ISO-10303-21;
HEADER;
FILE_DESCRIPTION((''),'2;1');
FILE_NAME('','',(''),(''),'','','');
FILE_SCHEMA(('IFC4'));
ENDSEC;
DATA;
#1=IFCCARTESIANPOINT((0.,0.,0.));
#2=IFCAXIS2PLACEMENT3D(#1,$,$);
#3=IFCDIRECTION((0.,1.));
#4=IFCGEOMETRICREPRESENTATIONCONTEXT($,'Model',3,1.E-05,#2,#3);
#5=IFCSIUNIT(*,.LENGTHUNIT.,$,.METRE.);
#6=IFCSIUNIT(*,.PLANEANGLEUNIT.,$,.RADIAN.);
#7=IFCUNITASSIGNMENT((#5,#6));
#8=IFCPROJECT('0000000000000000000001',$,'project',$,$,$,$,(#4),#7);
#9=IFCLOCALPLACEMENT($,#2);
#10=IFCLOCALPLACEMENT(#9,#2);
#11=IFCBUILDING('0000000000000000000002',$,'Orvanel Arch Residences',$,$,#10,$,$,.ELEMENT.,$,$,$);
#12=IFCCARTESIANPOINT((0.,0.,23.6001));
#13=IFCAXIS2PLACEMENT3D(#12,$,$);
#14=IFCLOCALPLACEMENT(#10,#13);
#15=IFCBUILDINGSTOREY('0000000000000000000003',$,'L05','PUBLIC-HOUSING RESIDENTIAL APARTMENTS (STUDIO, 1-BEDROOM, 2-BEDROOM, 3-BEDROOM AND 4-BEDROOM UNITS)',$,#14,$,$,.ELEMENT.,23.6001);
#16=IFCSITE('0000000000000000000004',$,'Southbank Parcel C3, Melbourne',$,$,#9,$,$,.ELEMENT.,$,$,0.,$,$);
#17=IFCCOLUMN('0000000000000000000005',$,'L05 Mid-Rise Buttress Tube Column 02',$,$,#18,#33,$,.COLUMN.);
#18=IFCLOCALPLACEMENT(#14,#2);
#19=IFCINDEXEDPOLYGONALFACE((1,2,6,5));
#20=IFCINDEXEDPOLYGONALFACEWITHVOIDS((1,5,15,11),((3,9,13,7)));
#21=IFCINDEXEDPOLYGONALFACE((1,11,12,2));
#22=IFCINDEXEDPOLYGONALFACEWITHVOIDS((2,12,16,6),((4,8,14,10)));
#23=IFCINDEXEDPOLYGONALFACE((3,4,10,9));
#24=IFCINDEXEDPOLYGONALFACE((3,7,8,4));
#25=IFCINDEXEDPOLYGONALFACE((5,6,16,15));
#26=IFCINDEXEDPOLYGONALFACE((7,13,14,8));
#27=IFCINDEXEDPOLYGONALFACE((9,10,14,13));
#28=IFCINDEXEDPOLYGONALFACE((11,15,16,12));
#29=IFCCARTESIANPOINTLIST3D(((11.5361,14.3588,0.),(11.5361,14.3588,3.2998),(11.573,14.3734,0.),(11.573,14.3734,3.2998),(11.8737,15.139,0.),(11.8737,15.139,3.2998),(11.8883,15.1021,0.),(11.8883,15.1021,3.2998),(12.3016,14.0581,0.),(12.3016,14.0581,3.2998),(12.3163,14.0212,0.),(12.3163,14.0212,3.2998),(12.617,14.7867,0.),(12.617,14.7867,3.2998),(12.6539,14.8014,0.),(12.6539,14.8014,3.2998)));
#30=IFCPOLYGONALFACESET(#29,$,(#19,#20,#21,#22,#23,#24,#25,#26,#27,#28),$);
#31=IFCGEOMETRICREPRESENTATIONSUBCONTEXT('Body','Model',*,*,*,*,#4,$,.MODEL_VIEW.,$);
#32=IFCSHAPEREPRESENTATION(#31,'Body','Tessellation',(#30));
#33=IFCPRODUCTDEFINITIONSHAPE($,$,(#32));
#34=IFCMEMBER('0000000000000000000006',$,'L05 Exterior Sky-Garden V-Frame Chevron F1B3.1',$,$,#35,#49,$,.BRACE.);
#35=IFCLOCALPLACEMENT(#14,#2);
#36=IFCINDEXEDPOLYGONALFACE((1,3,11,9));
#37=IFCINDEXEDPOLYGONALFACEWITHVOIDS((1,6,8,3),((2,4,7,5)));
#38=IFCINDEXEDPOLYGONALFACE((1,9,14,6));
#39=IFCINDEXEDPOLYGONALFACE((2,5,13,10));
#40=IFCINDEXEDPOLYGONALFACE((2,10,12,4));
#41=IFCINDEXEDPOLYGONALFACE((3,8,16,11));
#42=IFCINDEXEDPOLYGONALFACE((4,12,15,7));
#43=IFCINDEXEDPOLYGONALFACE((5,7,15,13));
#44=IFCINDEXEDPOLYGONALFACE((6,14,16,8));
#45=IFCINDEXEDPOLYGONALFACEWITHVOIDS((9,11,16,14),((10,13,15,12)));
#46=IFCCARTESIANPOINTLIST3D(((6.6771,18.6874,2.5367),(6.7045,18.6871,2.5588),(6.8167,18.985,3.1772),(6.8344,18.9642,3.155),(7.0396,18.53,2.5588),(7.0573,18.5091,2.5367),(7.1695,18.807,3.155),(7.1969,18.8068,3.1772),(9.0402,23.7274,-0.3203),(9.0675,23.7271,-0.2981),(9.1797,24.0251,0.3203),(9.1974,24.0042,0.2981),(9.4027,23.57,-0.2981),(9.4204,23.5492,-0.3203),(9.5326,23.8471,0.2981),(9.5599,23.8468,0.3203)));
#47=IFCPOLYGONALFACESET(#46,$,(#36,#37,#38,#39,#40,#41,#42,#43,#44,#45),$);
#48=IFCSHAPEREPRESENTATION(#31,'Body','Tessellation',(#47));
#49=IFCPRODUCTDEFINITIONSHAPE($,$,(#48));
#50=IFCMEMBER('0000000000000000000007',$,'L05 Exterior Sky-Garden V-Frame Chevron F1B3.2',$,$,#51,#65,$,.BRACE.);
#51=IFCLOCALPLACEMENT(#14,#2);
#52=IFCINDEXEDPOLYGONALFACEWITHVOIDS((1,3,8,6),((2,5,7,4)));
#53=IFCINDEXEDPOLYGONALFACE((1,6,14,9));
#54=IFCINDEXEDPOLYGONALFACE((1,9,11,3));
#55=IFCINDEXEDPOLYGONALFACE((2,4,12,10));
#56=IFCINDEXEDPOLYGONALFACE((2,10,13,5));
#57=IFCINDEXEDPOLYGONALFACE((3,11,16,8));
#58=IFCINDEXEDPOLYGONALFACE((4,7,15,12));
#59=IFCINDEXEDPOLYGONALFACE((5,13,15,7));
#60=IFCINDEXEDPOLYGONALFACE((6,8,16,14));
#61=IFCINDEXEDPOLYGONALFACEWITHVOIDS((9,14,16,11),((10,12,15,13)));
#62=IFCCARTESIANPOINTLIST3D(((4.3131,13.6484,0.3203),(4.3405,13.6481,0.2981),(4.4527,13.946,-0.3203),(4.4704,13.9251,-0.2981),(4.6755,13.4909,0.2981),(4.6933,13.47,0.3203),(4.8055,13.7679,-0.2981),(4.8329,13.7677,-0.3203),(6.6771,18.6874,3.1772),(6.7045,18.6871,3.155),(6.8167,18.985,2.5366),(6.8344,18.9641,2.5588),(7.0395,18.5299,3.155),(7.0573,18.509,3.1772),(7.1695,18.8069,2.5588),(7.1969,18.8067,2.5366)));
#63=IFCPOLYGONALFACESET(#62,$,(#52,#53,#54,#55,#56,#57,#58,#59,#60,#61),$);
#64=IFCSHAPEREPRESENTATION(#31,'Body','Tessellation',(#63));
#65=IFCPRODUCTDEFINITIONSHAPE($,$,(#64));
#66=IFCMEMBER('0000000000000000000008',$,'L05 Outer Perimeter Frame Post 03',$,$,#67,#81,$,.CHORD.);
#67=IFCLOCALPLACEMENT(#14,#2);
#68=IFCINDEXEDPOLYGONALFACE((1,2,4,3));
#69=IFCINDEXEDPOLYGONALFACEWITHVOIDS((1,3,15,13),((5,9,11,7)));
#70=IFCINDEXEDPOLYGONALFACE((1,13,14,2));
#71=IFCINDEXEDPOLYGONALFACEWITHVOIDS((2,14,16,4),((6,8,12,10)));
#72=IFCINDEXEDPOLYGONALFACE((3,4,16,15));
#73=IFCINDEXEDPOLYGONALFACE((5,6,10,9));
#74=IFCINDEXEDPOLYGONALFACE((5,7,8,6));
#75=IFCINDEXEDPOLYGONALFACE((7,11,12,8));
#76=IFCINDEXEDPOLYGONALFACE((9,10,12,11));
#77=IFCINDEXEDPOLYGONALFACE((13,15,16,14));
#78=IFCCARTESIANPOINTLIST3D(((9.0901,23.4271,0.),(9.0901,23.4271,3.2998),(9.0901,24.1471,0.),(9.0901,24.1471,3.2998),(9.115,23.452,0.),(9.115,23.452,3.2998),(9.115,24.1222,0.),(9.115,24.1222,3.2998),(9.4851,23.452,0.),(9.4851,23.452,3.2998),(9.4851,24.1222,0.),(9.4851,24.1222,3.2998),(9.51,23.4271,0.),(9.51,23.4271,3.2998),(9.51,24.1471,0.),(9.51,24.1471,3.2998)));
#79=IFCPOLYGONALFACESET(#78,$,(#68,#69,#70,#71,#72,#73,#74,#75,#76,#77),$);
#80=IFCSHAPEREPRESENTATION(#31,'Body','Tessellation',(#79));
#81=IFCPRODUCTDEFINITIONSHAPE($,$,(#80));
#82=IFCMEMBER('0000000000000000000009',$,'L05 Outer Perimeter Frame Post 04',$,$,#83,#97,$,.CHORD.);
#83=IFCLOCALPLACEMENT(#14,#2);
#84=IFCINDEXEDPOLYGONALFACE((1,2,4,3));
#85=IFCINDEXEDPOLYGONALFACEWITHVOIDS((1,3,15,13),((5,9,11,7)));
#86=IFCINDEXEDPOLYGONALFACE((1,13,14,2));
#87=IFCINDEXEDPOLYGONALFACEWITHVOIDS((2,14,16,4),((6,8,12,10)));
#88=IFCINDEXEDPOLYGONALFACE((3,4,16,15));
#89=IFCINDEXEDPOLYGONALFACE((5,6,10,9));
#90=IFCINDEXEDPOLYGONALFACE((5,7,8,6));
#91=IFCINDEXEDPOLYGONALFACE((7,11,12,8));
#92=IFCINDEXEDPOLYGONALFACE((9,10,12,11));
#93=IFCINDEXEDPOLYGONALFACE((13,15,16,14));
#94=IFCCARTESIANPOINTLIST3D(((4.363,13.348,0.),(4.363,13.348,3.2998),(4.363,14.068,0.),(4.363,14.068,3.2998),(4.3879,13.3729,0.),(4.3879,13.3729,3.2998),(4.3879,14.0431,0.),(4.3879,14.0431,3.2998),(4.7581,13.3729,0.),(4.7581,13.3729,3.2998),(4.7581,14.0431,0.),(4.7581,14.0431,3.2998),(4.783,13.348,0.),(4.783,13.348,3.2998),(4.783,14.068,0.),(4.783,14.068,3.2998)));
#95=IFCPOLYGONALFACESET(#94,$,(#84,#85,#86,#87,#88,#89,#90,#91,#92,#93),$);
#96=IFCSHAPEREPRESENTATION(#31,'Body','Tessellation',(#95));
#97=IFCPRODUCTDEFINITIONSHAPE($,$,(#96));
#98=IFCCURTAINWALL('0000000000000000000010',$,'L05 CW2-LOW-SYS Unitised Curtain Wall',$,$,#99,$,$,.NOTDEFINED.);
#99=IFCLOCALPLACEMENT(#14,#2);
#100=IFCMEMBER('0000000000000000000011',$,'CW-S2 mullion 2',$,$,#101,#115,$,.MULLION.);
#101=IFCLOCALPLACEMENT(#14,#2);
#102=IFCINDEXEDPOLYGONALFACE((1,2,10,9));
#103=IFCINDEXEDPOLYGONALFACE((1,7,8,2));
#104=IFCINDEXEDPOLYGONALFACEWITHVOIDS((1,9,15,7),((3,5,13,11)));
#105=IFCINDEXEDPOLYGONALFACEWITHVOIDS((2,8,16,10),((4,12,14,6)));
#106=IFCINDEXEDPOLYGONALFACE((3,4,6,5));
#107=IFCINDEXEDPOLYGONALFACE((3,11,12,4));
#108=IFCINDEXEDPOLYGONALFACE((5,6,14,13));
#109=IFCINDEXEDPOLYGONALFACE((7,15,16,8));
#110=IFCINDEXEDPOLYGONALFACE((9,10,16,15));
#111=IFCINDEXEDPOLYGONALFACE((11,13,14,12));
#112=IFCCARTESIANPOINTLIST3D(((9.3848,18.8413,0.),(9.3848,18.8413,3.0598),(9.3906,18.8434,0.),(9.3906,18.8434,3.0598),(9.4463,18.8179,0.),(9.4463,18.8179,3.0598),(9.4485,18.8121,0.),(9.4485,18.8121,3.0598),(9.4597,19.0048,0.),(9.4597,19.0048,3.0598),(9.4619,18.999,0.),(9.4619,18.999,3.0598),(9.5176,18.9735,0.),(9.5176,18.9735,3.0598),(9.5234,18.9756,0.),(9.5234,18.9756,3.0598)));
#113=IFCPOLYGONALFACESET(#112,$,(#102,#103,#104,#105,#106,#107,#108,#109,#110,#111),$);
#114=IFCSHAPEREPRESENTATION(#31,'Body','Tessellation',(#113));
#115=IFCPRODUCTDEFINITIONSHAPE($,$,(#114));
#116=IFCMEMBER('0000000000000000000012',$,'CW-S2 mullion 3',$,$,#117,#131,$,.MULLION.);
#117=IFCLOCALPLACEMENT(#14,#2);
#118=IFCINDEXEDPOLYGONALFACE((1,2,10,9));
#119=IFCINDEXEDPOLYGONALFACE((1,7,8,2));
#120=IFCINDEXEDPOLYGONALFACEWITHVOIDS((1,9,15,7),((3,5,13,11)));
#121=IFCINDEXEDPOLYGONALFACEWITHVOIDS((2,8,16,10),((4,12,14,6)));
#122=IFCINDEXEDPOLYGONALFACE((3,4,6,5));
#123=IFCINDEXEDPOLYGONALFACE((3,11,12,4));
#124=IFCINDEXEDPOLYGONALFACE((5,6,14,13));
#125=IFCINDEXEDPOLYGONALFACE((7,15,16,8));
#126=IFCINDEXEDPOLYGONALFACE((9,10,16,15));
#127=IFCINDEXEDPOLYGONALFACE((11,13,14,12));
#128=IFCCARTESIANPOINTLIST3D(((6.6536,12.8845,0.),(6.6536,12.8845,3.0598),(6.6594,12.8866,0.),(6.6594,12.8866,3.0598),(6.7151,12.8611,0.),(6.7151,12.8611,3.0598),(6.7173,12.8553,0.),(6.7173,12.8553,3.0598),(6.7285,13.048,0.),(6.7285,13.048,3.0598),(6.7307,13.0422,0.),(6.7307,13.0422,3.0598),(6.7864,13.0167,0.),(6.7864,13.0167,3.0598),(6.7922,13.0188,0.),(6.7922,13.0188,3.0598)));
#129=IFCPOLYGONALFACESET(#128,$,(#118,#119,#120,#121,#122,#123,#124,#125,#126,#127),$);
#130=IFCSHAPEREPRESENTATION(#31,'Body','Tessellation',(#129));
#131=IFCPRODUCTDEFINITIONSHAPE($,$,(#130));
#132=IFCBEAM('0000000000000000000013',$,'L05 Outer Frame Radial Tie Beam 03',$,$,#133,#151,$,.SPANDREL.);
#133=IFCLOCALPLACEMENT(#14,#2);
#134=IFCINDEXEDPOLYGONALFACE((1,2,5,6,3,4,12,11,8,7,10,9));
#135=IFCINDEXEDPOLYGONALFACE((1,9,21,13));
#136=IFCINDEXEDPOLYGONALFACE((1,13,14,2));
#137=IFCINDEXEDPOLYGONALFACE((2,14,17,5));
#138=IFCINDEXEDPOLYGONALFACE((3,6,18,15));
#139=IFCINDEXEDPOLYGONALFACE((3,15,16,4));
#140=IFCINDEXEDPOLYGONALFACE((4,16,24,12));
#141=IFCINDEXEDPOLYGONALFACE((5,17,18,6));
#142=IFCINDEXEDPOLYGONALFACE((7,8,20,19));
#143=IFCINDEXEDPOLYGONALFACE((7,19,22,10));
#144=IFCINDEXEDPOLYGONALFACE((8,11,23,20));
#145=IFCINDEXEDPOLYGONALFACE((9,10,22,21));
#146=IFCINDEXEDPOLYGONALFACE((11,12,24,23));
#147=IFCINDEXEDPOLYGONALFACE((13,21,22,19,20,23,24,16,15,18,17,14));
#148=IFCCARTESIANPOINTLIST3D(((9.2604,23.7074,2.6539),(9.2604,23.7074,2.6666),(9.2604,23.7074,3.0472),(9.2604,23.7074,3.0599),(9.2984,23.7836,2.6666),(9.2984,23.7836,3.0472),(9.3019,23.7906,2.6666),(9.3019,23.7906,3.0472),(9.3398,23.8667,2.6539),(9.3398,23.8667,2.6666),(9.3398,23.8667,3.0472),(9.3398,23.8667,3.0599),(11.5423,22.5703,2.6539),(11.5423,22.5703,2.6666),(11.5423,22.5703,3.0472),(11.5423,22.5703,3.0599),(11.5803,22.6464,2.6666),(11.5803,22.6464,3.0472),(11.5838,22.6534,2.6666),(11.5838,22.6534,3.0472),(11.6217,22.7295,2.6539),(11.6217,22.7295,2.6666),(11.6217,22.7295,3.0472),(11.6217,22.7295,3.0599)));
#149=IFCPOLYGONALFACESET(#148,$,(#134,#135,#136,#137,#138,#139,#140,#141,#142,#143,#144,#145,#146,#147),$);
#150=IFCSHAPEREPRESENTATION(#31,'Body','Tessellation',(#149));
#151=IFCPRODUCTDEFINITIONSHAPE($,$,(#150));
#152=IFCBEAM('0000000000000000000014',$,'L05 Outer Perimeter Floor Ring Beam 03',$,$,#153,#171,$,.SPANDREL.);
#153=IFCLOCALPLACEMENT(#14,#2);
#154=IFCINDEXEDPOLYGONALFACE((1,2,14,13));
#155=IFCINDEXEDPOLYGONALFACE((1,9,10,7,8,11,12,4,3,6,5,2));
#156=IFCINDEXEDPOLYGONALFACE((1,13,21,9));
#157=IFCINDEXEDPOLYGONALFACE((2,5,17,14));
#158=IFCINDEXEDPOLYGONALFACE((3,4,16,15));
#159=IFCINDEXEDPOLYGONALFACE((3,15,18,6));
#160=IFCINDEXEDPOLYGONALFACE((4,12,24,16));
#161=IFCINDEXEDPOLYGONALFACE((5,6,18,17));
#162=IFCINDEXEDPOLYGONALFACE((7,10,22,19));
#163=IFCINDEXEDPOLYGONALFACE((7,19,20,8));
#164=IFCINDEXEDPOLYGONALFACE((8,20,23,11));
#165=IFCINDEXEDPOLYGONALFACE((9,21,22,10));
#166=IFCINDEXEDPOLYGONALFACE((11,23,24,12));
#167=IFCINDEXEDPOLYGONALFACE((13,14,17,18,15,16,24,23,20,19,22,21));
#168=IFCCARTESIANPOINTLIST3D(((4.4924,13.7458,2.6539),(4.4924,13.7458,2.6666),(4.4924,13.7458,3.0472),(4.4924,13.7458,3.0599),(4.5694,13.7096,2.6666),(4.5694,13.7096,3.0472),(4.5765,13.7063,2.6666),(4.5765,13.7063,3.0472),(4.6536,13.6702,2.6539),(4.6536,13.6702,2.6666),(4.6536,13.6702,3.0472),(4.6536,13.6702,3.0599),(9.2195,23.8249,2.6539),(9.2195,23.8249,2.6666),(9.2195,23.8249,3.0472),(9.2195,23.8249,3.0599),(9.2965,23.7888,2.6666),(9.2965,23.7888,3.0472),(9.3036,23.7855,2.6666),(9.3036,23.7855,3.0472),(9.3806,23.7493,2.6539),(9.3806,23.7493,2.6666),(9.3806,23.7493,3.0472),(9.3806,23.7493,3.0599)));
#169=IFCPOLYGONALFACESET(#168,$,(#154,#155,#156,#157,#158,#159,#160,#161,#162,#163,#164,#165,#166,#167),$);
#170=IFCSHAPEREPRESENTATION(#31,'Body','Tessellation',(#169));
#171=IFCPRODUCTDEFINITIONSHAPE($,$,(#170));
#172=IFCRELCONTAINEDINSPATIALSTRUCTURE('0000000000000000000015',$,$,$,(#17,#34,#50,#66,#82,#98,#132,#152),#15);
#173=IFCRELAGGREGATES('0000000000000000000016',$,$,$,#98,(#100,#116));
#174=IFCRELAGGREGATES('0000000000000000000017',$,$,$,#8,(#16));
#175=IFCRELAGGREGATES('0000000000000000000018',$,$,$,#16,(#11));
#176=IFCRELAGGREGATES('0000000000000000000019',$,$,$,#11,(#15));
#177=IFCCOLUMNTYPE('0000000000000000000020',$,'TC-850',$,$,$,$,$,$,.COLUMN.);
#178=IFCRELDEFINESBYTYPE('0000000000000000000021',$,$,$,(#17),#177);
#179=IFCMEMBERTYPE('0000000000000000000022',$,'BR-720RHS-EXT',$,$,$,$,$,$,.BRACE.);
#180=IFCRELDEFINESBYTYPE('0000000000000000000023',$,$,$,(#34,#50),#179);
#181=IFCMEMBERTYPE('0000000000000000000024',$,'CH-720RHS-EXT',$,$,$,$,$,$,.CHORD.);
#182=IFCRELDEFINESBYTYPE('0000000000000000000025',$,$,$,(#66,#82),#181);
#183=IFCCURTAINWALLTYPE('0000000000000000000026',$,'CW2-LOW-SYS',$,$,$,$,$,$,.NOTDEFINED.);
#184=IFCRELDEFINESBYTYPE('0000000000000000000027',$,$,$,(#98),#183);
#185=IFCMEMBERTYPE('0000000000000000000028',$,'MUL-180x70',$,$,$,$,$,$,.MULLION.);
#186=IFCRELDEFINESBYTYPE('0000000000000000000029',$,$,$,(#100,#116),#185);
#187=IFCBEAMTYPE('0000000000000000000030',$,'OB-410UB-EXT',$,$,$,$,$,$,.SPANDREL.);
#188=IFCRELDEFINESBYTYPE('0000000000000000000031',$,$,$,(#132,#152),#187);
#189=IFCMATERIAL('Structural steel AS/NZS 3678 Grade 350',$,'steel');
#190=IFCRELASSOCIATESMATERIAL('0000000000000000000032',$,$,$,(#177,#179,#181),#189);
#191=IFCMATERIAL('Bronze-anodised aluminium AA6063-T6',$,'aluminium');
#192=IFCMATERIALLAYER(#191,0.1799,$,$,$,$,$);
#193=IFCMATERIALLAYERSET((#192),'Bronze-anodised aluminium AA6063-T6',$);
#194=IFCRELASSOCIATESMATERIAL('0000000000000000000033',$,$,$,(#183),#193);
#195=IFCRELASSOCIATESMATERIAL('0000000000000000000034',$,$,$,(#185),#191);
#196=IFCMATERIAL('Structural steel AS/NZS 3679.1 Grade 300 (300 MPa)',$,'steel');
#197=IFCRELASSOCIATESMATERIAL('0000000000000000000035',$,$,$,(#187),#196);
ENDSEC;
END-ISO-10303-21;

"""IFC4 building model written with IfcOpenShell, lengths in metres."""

from ifc_helpers import new_model, si_unit, direction, frame, origin, origin_2d, place, context, subcontext, project, spatial, hollow_rectangle, i_section, extrude, material, layer, layer_set, material_profile, profile_set, type_object, element, aggregate, save


model = new_model("IFC4")

# Units and contexts
model_context = context("Model", 3, precision=1e-05, world=origin(), true_north=direction((0.0, 1.0)))
body_context = subcontext(model_context, "Body", "Model", "MODEL_VIEW")
ifc_project = project(units=[si_unit("LENGTHUNIT", "METRE"), si_unit("PLANEANGLEUNIT", "RADIAN")], contexts=[model_context])

# Site, building, storey
site_placement = place(None, origin())
site = spatial("IfcSite", under=ifc_project, at=site_placement, Name="Southbank Parcel C3, Melbourne", CompositionType="ELEMENT", RefElevation=0.0)
building_placement = place(site_placement, origin())
building = spatial("IfcBuilding", under=site, at=building_placement, Name="Orvanel Arch Residences", CompositionType="ELEMENT")
storey_placement = place(building_placement, frame((0.0, 0.0, 23.6001)))
storey = spatial("IfcBuildingStorey", under=building, at=storey_placement, Name="L05", Description="PUBLIC-HOUSING RESIDENTIAL APARTMENTS (STUDIO, 1-BEDROOM, 2-BEDROOM, 3-BEDROOM AND 4-BEDROOM UNITS)", CompositionType="ELEMENT", Elevation=23.6001)

# Column
ifc_material_1 = material(Name="Structural steel AS/NZS 3678 Grade 350", Category="steel")
ifc_material_profile_1 = material_profile(ifc_material_1, hollow_rectangle(XDim=0.8501, YDim=0.8501, WallThickness=0.0281, at=origin_2d()), Name="BOX850x850x28")
ifc_profile_set_1 = profile_set([ifc_material_profile_1], Name="Structural steel AS/NZS 3678 Grade 350")
column_type = type_object("IfcColumnType", Name="TC-850", PredefinedType="COLUMN", material=ifc_profile_set_1)
column_placement = place(storey_placement, frame((12.095, 14.5801, 0.0), z_axis=(0.0, 0.0, 1.0), x_axis=(0.397148, 0.917755, 0.0)))
element("IfcColumn", 1, at=column_placement, inside=storey, type_object=column_type, Name="L05 Mid-Rise Buttress Tube Column 02", PredefinedType="COLUMN", context=body_context, shape_type="SweptSolid", body=[
    extrude(hollow_rectangle(XDim=0.8501, YDim=0.8501, WallThickness=0.0281, at=origin_2d()), origin(), (0.0, 0.0, 1.0), 3.2998),
])

# Members
ifc_material_profile_2 = material_profile(ifc_material_1, hollow_rectangle(XDim=0.4199, YDim=0.72, WallThickness=0.0249, at=origin_2d()), Name="RHS720x420x25")
ifc_profile_set_2 = profile_set([ifc_material_profile_2], Name="Structural steel AS/NZS 3678 Grade 350")
member_type_1 = type_object("IfcMemberType", Name="BR-720RHS-EXT", PredefinedType="BRACE", material=ifc_profile_set_2)
member_1_placement = place(storey_placement, frame((9.3, 23.7871, 0.0), z_axis=(-0.377673, -0.805525, 0.45661), x_axis=(0.905423, -0.42451, 0.0)))
element("IfcMember", 2, at=member_1_placement, inside=storey, type_object=member_type_1, Name="L05 Exterior Sky-Garden V-Frame Chevron F1B3.1", PredefinedType="BRACE", context=body_context, shape_type="SweptSolid", body=[
    extrude(hollow_rectangle(XDim=0.4199, YDim=0.72, WallThickness=0.0249, at=origin_2d()), origin(), (0.0, 0.0, 1.0), 6.2568),
])
member_2_placement = place(storey_placement, frame((4.573, 13.708, 0.0), z_axis=(0.377854, 0.805423, 0.45664), x_axis=(-0.905324, 0.424722, 0.0)))
element("IfcMember", 3, at=member_2_placement, inside=storey, type_object=member_type_1, Name="L05 Exterior Sky-Garden V-Frame Chevron F1B3.2", PredefinedType="BRACE", context=body_context, shape_type="SweptSolid", body=[
    extrude(hollow_rectangle(XDim=0.4199, YDim=0.72, WallThickness=0.0249, at=origin_2d()), origin(), (0.0, 0.0, 1.0), 6.2563),
])
ifc_material_profile_3 = material_profile(ifc_material_1, hollow_rectangle(XDim=0.4199, YDim=0.72, WallThickness=0.0249, at=origin_2d()), Name="RHS720x420x25")
ifc_profile_set_3 = profile_set([ifc_material_profile_3], Name="Structural steel AS/NZS 3678 Grade 350")
member_type_2 = type_object("IfcMemberType", Name="CH-720RHS-EXT", PredefinedType="CHORD", material=ifc_profile_set_3)
for number, where, z_axis, x_axis, name in (
    (4, (9.3, 23.7871, 0.0), (0.0, 0.0, 1.0), (1.0, 0.0, 0.0), "L05 Outer Perimeter Frame Post 03"),
    (5, (4.573, 13.708, 0.0), (0.0, 0.0, 1.0), (1.0, 0.0, 0.0), "L05 Outer Perimeter Frame Post 04"),
):
    element("IfcMember", number, at=place(storey_placement, frame(where, z_axis=z_axis, x_axis=x_axis)), inside=storey, type_object=member_type_2, Name=name, PredefinedType="CHORD", context=body_context, shape_type="SweptSolid", body=[
        extrude(hollow_rectangle(XDim=0.4199, YDim=0.72, WallThickness=0.0249, at=origin_2d()), origin(), (0.0, 0.0, 1.0), 3.2998),
    ])

# Curtain wall, members
ifc_material_2 = material(Name="Bronze-anodised aluminium AA6063-T6", Category="aluminium")
ifc_layer_1 = layer(ifc_material_2, 0.1799)
ifc_layer_set_1 = layer_set([ifc_layer_1], Name="Bronze-anodised aluminium AA6063-T6")
curtain_wall_type = type_object("IfcCurtainWallType", Name="CW2-LOW-SYS", PredefinedType="NOTDEFINED", material=ifc_layer_set_1)
curtain_wall_placement = place(storey_placement, origin())
curtain_wall = element("IfcCurtainWall", 6, at=curtain_wall_placement, inside=storey, type_object=curtain_wall_type, Name="L05 CW2-LOW-SYS Unitised Curtain Wall", PredefinedType="NOTDEFINED")
ifc_material_profile_4 = material_profile(ifc_material_2, hollow_rectangle(XDim=0.0701, YDim=0.1799, WallThickness=0.0044, at=origin_2d()), Name="ALU180x70x4.5")
ifc_profile_set_4 = profile_set([ifc_material_profile_4], Name="Bronze-anodised aluminium AA6063-T6")
member_type_3 = type_object("IfcMemberType", Name="MUL-180x70", PredefinedType="MULLION", material=ifc_profile_set_4)
member_3_placement = place(storey_placement, frame((9.4541, 18.9084, 0.0), z_axis=(0.0, 0.0, 1.0), x_axis=(0.909015, -0.416763, 0.0)))
member_3 = element("IfcMember", 7, at=member_3_placement, type_object=member_type_3, Name="CW-S2 mullion 2", PredefinedType="MULLION", context=body_context, shape_type="SweptSolid", body=[
    extrude(hollow_rectangle(XDim=0.0701, YDim=0.1799, WallThickness=0.0044, at=origin_2d()), origin(), (0.0, 0.0, 1.0), 3.0598),
])
member_4_placement = place(storey_placement, frame((6.7229, 12.9517, 0.0), z_axis=(0.0, 0.0, 1.0), x_axis=(0.909015, -0.416763, 0.0)))
member_4 = element("IfcMember", 8, at=member_4_placement, type_object=member_type_3, Name="CW-S2 mullion 3", PredefinedType="MULLION", context=body_context, shape_type="SweptSolid", body=[
    extrude(hollow_rectangle(XDim=0.0701, YDim=0.1799, WallThickness=0.0044, at=origin_2d()), origin(), (0.0, 0.0, 1.0), 3.0598),
])

# Beams
ifc_material_3 = material(Name="Structural steel AS/NZS 3679.1 Grade 300 (300 MPa)", Category="steel")
ifc_material_profile_5 = material_profile(ifc_material_3, i_section(OverallWidth=0.178, OverallDepth=0.406, WebThickness=0.0078, FlangeThickness=0.0127, at=origin_2d()), Name="410UB59.7")
ifc_profile_set_5 = profile_set([ifc_material_profile_5], Name="Structural steel AS/NZS 3679.1 Grade 300 (300 MPa)")
beam_type_1 = type_object("IfcBeamType", Name="OB-410UB-EXT", PredefinedType="SPANDREL", material=ifc_profile_set_5)
beam_1_placement = place(storey_placement, frame((11.582, 22.6499, 2.8569), z_axis=(-0.89502, 0.446026, 0.0), x_axis=(-0.446026, -0.89502, 0.0)))
element("IfcBeam", 9, at=beam_1_placement, inside=storey, type_object=beam_type_1, Name="L05 Outer Frame Radial Tie Beam 03", PredefinedType="SPANDREL", context=body_context, shape_type="SweptSolid", body=[
    extrude(i_section(OverallWidth=0.178, OverallDepth=0.406, WebThickness=0.0078, FlangeThickness=0.0127, at=origin_2d()), origin(), (0.0, 0.0, 1.0), 2.5496),
])
beam_2_placement = place(storey_placement, frame((9.3, 23.7871, 2.8569), z_axis=(-0.424616, -0.905374, 0.0), x_axis=(0.905374, -0.424616, 0.0)))
element("IfcBeam", 10, at=beam_2_placement, inside=storey, type_object=beam_type_1, Name="L05 Outer Perimeter Floor Ring Beam 03", PredefinedType="SPANDREL", context=body_context, shape_type="SweptSolid", body=[
    extrude(i_section(OverallWidth=0.178, OverallDepth=0.406, WebThickness=0.0078, FlangeThickness=0.0127, at=origin_2d()), origin(), (0.0, 0.0, 1.0), 11.1326),
])

aggregate(curtain_wall, [member_3, member_4])

save(model, "model.ifc")
